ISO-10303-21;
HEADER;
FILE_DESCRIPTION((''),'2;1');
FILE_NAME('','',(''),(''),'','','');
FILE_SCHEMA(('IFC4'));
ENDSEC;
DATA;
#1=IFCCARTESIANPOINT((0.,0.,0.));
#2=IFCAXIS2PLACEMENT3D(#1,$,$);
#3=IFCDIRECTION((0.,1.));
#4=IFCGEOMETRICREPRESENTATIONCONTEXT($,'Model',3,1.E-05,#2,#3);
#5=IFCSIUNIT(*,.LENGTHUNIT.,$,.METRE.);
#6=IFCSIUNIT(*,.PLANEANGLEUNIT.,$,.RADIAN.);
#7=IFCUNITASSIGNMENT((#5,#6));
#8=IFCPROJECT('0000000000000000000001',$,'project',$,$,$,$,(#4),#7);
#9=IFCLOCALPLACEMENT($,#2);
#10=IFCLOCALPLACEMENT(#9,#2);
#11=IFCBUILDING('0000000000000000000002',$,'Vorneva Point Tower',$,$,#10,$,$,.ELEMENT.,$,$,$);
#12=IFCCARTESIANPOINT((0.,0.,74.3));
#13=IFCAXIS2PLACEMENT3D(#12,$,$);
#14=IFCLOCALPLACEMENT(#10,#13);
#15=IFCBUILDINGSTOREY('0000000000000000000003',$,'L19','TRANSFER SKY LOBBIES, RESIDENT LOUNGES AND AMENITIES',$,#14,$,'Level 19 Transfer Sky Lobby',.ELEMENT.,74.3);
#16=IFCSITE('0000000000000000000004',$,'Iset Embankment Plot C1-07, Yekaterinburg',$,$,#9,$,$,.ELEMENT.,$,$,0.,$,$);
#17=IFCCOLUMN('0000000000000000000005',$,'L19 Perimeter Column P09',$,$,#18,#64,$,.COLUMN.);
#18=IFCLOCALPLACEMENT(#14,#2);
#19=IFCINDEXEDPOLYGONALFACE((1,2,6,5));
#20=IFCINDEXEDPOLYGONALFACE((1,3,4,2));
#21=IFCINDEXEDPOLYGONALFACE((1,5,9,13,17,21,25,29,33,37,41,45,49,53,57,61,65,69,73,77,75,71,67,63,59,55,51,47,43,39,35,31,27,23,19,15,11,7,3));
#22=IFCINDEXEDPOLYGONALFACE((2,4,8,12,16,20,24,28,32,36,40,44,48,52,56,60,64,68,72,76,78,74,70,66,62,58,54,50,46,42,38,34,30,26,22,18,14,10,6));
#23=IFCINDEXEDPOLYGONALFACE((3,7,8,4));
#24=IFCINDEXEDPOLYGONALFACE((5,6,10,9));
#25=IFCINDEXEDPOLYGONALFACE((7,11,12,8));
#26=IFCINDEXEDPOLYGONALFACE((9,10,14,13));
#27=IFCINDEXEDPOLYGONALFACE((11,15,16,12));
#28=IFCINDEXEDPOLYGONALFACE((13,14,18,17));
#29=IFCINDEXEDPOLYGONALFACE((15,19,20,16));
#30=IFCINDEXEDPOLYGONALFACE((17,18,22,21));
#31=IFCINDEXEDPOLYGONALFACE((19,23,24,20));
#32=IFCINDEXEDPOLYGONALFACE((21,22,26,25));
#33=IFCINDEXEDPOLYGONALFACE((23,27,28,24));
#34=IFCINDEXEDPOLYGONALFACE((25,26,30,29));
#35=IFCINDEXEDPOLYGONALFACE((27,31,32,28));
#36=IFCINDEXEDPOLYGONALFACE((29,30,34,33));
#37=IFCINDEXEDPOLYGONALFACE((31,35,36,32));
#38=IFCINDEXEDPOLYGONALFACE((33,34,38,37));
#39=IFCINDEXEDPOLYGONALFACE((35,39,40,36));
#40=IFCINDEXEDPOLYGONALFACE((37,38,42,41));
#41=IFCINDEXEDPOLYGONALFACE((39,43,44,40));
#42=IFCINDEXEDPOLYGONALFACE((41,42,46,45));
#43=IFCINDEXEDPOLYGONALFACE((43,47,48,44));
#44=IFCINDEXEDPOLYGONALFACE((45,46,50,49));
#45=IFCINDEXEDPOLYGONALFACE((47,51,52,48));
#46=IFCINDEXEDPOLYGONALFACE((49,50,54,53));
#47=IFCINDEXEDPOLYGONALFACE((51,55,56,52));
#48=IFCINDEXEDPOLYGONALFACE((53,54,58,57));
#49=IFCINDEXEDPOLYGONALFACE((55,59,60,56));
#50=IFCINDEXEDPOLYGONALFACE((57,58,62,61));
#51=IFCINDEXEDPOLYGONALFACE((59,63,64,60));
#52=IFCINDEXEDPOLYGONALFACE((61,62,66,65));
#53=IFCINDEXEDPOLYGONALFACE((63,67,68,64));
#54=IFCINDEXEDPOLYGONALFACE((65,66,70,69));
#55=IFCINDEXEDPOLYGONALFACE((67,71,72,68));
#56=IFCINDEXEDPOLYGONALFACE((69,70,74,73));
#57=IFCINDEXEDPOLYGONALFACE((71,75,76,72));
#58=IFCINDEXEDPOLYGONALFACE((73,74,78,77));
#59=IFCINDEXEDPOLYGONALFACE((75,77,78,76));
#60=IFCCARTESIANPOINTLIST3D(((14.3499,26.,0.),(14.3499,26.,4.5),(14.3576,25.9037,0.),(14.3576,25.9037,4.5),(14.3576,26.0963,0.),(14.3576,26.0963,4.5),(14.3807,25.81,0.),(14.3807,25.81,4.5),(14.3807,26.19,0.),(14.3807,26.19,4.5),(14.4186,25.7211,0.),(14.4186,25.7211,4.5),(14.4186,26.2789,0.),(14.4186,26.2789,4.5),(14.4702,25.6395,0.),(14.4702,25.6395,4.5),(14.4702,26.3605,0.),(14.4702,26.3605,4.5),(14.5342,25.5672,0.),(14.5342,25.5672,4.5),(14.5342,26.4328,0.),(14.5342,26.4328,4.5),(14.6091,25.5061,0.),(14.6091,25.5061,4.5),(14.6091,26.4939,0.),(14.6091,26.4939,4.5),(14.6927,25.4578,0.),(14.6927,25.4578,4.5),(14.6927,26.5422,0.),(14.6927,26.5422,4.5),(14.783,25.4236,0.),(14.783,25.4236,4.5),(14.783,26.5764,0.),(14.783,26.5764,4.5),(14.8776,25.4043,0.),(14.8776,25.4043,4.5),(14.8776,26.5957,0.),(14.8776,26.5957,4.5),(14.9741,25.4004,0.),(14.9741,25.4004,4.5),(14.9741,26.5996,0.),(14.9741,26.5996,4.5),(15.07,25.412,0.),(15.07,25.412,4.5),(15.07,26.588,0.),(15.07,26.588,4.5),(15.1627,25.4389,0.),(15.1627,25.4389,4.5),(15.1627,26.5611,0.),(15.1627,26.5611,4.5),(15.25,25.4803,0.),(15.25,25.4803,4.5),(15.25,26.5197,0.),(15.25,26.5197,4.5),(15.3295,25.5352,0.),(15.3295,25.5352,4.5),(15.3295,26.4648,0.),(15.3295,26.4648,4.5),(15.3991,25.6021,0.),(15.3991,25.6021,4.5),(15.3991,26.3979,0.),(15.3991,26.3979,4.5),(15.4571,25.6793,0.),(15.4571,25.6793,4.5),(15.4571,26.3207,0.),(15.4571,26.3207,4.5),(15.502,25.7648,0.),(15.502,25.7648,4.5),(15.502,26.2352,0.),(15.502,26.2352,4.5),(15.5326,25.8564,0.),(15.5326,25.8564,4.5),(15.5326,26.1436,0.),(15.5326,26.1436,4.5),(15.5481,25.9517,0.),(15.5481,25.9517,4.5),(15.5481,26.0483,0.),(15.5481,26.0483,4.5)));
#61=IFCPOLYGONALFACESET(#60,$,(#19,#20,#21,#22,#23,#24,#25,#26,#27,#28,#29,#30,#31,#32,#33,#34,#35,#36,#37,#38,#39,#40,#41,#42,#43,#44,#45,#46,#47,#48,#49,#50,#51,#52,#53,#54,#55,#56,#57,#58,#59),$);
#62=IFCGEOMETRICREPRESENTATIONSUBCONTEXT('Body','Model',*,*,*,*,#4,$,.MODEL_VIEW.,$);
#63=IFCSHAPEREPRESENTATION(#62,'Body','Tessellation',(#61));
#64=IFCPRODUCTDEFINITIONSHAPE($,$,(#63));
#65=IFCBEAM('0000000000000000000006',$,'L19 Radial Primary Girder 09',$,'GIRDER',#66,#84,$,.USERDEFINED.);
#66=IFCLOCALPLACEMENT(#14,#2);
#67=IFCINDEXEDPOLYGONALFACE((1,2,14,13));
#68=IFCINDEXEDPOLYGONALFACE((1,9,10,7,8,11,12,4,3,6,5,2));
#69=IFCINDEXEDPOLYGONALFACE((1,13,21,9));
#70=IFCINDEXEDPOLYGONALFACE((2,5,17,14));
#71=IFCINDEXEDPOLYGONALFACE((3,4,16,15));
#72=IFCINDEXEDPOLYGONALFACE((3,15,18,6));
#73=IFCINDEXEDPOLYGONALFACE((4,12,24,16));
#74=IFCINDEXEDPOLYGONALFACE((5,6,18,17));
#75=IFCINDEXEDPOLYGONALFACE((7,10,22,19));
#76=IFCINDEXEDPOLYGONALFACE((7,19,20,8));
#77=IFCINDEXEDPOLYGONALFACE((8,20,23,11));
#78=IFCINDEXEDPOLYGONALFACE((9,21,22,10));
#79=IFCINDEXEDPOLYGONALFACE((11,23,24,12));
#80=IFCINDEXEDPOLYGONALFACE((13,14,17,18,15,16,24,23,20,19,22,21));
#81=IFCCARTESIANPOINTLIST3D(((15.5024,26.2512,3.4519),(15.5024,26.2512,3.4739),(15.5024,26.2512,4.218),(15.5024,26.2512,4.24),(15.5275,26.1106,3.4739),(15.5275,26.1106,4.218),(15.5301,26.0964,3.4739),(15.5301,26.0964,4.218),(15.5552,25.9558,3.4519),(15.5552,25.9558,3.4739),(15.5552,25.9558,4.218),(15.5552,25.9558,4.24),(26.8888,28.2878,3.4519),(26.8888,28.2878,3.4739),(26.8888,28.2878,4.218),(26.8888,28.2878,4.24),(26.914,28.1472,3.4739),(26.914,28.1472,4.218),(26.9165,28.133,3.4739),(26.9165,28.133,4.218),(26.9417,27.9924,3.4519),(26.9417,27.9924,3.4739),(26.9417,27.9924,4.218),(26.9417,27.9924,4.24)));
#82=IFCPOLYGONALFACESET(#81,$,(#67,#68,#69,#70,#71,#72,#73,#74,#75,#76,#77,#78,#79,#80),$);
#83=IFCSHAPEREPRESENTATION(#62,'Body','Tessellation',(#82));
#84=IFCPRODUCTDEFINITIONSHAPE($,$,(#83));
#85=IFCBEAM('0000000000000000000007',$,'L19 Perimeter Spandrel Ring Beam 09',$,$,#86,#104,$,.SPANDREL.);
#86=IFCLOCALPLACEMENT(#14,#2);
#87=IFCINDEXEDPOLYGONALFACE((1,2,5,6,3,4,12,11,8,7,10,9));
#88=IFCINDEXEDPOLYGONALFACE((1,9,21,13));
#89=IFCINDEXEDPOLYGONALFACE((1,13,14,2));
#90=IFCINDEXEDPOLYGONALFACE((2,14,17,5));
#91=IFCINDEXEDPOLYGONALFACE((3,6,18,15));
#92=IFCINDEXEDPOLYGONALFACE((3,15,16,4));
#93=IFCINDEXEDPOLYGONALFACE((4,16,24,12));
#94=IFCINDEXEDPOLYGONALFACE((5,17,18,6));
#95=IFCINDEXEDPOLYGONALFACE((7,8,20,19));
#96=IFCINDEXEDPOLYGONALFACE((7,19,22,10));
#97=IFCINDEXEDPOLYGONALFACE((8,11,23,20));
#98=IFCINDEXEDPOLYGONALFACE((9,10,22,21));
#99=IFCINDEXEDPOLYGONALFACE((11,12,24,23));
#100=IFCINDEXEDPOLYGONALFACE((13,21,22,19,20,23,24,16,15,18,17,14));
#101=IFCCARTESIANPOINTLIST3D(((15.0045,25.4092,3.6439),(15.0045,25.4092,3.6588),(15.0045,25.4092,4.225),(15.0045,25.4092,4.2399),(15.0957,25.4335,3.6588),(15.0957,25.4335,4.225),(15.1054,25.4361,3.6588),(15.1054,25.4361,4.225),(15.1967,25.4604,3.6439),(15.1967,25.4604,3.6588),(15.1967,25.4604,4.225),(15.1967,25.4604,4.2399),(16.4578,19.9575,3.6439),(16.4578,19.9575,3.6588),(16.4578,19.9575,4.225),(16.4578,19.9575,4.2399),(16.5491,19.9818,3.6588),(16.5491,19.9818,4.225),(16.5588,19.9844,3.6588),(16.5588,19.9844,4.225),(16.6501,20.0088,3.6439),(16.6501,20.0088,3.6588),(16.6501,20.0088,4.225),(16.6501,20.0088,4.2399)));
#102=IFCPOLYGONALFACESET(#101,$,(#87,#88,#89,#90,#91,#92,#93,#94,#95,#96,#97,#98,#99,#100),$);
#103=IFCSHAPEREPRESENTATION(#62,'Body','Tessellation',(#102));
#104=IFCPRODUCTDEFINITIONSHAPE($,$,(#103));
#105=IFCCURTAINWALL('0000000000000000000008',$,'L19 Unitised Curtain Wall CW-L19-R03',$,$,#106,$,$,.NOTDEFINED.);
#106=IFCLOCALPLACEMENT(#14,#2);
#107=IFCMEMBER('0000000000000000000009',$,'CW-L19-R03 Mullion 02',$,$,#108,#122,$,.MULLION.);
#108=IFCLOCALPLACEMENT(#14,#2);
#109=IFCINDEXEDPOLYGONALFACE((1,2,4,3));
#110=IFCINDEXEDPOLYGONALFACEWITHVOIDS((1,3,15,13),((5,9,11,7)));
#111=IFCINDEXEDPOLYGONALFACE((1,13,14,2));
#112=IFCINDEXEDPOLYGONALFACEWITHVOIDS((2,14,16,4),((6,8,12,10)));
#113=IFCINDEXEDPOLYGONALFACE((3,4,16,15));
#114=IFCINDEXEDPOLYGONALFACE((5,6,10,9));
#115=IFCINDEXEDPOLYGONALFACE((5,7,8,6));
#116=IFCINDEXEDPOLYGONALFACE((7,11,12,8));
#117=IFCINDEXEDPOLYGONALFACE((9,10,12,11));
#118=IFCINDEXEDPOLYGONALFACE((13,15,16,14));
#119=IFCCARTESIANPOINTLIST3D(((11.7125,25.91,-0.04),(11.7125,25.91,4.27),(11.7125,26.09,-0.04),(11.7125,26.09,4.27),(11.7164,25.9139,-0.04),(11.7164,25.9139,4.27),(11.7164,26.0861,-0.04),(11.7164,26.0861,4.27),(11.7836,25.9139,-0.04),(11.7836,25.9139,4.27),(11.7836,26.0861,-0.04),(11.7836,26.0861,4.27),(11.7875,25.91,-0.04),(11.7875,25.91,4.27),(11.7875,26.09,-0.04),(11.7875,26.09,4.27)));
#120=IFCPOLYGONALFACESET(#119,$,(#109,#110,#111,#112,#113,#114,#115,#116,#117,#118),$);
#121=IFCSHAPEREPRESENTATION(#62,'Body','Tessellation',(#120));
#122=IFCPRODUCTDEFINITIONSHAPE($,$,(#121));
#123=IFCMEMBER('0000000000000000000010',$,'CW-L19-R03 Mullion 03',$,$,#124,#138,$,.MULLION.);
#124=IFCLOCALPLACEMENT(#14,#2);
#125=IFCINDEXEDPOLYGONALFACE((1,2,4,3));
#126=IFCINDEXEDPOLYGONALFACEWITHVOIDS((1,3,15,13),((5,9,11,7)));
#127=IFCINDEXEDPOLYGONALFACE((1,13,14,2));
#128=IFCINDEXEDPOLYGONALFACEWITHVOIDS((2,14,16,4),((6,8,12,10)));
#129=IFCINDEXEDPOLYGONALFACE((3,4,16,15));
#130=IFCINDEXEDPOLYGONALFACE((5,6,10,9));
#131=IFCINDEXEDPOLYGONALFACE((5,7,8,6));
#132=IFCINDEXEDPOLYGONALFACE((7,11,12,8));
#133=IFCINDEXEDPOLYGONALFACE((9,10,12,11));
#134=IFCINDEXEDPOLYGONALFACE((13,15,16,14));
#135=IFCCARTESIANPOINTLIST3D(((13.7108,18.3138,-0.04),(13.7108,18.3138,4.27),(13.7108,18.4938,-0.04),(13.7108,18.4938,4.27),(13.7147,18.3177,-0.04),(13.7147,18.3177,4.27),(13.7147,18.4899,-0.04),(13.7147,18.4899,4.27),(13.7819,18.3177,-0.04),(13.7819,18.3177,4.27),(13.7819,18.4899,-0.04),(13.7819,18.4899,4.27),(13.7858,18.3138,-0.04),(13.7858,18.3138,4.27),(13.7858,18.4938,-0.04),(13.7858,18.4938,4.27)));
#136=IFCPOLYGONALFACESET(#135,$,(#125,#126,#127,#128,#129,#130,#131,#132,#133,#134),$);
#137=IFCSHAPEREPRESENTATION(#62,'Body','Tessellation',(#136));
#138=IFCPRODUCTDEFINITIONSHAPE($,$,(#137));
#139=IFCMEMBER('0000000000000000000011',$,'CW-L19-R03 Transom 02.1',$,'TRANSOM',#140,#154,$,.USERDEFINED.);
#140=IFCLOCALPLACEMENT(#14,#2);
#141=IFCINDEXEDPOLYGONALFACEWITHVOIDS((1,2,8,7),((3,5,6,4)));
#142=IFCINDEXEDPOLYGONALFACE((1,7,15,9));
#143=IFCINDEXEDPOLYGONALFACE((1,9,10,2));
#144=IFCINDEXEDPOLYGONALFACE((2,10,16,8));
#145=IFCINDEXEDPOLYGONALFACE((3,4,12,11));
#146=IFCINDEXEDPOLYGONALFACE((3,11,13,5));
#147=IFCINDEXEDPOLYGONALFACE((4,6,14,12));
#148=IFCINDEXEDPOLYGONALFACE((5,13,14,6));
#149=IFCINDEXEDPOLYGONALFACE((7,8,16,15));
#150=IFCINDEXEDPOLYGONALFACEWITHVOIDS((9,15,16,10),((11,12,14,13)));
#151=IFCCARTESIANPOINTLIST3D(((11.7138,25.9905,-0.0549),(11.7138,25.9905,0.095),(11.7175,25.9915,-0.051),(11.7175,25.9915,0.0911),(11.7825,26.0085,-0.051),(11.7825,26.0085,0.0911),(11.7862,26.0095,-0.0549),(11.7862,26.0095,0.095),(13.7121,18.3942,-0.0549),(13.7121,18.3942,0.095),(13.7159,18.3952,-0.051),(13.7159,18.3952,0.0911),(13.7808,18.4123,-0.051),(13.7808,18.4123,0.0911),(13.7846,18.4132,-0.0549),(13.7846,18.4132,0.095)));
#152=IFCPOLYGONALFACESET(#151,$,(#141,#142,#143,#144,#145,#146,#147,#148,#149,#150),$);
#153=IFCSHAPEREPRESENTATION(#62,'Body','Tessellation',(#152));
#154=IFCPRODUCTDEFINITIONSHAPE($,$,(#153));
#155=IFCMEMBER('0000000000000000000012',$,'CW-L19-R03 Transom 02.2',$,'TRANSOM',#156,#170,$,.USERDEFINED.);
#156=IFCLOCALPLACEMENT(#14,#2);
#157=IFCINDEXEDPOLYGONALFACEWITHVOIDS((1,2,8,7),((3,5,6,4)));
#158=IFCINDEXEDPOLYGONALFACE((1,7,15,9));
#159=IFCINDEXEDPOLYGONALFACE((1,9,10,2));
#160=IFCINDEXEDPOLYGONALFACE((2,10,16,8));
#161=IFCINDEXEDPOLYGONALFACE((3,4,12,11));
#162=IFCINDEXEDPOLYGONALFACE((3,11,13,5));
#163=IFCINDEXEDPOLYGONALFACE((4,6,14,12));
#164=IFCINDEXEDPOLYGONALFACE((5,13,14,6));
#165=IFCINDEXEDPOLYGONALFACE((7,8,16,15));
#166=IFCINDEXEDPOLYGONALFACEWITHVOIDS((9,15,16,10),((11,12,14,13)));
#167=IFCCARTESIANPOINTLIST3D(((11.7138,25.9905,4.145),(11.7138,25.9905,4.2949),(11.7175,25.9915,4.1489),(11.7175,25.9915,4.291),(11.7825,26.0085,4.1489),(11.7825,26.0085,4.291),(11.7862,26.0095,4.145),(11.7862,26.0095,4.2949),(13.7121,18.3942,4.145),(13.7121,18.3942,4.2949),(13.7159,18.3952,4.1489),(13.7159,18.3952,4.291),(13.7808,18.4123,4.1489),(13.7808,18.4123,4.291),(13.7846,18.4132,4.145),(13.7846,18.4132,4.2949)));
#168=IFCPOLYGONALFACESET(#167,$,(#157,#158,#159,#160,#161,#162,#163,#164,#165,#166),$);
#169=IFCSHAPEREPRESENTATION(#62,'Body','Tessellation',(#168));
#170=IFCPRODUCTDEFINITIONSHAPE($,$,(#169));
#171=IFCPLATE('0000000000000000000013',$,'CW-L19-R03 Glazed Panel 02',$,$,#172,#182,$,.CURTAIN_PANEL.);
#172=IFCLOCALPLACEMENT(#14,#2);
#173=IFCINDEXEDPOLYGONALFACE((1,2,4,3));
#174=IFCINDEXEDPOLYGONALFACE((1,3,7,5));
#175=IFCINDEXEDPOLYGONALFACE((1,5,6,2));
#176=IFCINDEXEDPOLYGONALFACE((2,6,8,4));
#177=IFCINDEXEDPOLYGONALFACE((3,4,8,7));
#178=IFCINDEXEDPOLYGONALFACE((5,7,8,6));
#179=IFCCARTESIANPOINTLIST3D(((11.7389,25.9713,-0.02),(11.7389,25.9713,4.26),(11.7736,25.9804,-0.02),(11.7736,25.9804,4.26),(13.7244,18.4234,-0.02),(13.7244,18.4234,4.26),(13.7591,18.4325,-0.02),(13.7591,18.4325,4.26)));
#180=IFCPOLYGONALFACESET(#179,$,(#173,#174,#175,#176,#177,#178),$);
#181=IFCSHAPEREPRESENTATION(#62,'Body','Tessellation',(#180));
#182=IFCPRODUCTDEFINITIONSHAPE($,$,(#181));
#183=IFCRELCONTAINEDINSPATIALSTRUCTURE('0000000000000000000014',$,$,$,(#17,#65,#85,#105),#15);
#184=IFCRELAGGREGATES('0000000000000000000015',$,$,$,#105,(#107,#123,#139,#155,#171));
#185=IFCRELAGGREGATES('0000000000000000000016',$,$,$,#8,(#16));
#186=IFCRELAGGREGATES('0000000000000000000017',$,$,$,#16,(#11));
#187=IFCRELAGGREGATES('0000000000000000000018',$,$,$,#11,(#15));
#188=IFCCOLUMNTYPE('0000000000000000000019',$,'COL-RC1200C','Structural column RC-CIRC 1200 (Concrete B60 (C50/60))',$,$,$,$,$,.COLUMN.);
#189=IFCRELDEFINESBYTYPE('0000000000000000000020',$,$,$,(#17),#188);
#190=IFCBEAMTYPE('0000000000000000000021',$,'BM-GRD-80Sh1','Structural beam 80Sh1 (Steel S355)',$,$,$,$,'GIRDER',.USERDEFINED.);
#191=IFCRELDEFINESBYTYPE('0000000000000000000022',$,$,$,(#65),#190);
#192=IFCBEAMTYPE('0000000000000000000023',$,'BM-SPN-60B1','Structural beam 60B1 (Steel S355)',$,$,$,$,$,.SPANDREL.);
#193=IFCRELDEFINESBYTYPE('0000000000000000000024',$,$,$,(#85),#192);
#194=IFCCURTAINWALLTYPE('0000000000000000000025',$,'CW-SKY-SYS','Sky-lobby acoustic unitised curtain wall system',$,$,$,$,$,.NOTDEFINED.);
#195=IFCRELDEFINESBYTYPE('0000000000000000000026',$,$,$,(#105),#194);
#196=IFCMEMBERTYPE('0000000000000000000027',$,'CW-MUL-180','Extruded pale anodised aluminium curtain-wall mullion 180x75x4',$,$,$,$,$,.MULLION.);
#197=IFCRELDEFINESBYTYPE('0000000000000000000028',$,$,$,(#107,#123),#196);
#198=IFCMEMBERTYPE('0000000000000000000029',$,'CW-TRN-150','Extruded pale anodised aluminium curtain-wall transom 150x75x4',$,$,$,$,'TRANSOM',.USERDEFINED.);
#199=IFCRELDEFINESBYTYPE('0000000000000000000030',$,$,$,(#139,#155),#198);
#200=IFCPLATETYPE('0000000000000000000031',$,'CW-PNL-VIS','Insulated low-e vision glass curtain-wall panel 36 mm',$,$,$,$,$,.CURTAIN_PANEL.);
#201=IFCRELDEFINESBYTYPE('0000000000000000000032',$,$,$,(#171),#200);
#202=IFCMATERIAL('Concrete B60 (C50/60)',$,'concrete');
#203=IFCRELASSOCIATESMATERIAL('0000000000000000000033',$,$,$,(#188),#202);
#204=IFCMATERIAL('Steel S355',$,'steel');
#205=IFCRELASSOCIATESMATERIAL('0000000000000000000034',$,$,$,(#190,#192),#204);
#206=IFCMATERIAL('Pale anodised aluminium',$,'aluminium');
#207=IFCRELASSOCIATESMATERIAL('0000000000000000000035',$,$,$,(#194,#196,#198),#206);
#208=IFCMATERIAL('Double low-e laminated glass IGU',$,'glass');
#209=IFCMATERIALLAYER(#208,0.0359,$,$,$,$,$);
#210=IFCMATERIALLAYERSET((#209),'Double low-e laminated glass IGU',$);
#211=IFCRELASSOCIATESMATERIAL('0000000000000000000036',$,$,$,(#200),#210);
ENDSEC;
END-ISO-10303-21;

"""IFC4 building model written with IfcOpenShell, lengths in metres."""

from ifc_helpers import new_model, si_unit, direction, frame, origin, origin_2d, place, context, subcontext, project, spatial, rectangle, hollow_rectangle, circle, i_section, extrude, material, layer, layer_set, material_profile, profile_set, type_object, element, aggregate, save


model = new_model("IFC4")

# Units and contexts
model_context = context("Model", 3, precision=1e-05, world=origin(), true_north=direction((0.0, 1.0)))
body_context = subcontext(model_context, "Body", "Model", "MODEL_VIEW")
ifc_project = project(units=[si_unit("LENGTHUNIT", "METRE"), si_unit("PLANEANGLEUNIT", "RADIAN")], contexts=[model_context])

# Site, building, storey
site_placement = place(None, origin())
site = spatial("IfcSite", under=ifc_project, at=site_placement, Name="Iset Embankment Plot C1-07, Yekaterinburg", CompositionType="ELEMENT", RefElevation=0.0)
building_placement = place(site_placement, origin())
building = spatial("IfcBuilding", under=site, at=building_placement, Name="Vorneva Point Tower", CompositionType="ELEMENT")
storey_placement = place(building_placement, frame((0.0, 0.0, 74.3)))
storey = spatial("IfcBuildingStorey", under=building, at=storey_placement, Name="L19", Description="TRANSFER SKY LOBBIES, RESIDENT LOUNGES AND AMENITIES", LongName="Level 19 Transfer Sky Lobby", CompositionType="ELEMENT", Elevation=74.3)

# Column
ifc_material_1 = material(Name="Concrete B60 (C50/60)", Category="concrete")
ifc_material_profile_1 = material_profile(ifc_material_1, circle(Radius=0.6001, at=origin_2d()), Name="RC-CIRC 1200")
ifc_profile_set_1 = profile_set([ifc_material_profile_1], Name="Concrete B60 (C50/60)")
column_type = type_object("IfcColumnType", Name="COL-RC1200C", Description="Structural column RC-CIRC 1200 (Concrete B60 (C50/60))", PredefinedType="COLUMN", material=ifc_profile_set_1)
for number, where, z_axis, x_axis, name in (
    (1, (14.95, 26.0, 0.0), (0.0, 0.0, 1.0), (-1.0, 0.0, 0.0), "L19 Perimeter Column P09"),
):
    element("IfcColumn", number, at=place(storey_placement, frame(where, z_axis=z_axis, x_axis=x_axis)), inside=storey, type_object=column_type, Name=name, PredefinedType="COLUMN", context=body_context, shape_type="SweptSolid", body=[
        extrude(circle(Radius=0.6001, at=origin_2d()), origin(), (0.0, 0.0, 1.0), 4.5),
    ])

# Beams
ifc_material_2 = material(Name="Steel S355", Category="steel")
ifc_material_profile_2 = material_profile(ifc_material_2, i_section(OverallWidth=0.3, OverallDepth=0.7881, WebThickness=0.0144, FlangeThickness=0.022, at=origin_2d()), Name="80Sh1")
ifc_profile_set_2 = profile_set([ifc_material_profile_2], Name="Steel S355")
beam_type_1 = type_object("IfcBeamType", Name="BM-GRD-80Sh1", Description="Structural beam 80Sh1 (Steel S355)", ElementType="GIRDER", PredefinedType="USERDEFINED", material=ifc_profile_set_2)
beam_1_placement = place(storey_placement, frame((15.5288, 26.1035, 3.8459), z_axis=(0.984378, 0.176069, 0.0), x_axis=(-0.176069, 0.984378, 0.0)))
element("IfcBeam", 2, at=beam_1_placement, inside=storey, type_object=beam_type_1, Name="L19 Radial Primary Girder 09", ObjectType="GIRDER", PredefinedType="USERDEFINED", context=body_context, shape_type="SweptSolid", body=[
    extrude(i_section(OverallWidth=0.3, OverallDepth=0.7881, WebThickness=0.0144, FlangeThickness=0.022, at=origin_2d()), origin(), (0.0, 0.0, 1.0), 11.5671),
])
ifc_material_profile_3 = material_profile(ifc_material_2, i_section(OverallWidth=0.199, OverallDepth=0.5959, WebThickness=0.01, FlangeThickness=0.0149, at=origin_2d()), Name="60B1")
ifc_profile_set_3 = profile_set([ifc_material_profile_3], Name="Steel S355")
beam_type_2 = type_object("IfcBeamType", Name="BM-SPN-60B1", Description="Structural beam 60B1 (Steel S355)", PredefinedType="SPANDREL", material=ifc_profile_set_3)
beam_2_placement = place(storey_placement, frame((15.1006, 25.4348, 3.9419), z_axis=(0.257595, -0.966253, 0.0), x_axis=(0.966253, 0.257595, 0.0)))
element("IfcBeam", 3, at=beam_2_placement, inside=storey, type_object=beam_type_2, Name="L19 Perimeter Spandrel Ring Beam 09", PredefinedType="SPANDREL", context=body_context, shape_type="SweptSolid", body=[
    extrude(i_section(OverallWidth=0.199, OverallDepth=0.5959, WebThickness=0.01, FlangeThickness=0.0149, at=origin_2d()), origin(), (0.0, 0.0, 1.0), 5.6421),
])

# Curtain wall, members, plate
ifc_material_3 = material(Name="Pale anodised aluminium", Category="aluminium")
curtain_wall_type = type_object("IfcCurtainWallType", Name="CW-SKY-SYS", Description="Sky-lobby acoustic unitised curtain wall system", PredefinedType="NOTDEFINED", material=ifc_material_3)
curtain_wall_placement = place(storey_placement, origin())
curtain_wall = element("IfcCurtainWall", 4, at=curtain_wall_placement, inside=storey, type_object=curtain_wall_type, Name="L19 Unitised Curtain Wall CW-L19-R03", PredefinedType="NOTDEFINED")
ifc_material_profile_4 = material_profile(ifc_material_3, hollow_rectangle(XDim=0.075, YDim=0.1799, WallThickness=0.0039, at=origin_2d()), Name="AL-MUL 180x75x4")
ifc_profile_set_4 = profile_set([ifc_material_profile_4], Name="Pale anodised aluminium")
member_type_1 = type_object("IfcMemberType", Name="CW-MUL-180", Description="Extruded pale anodised aluminium curtain-wall mullion 180x75x4", PredefinedType="MULLION", material=ifc_profile_set_4)
member_1_placement = place(storey_placement, frame((11.75, 26.0, -0.04), z_axis=(0.0, 0.0, 1.0), x_axis=(1.0, 0.0, 0.0)))
member_1 = element("IfcMember", 5, at=member_1_placement, type_object=member_type_1, Name="CW-L19-R03 Mullion 02", PredefinedType="MULLION", context=body_context, shape_type="SweptSolid", body=[
    extrude(hollow_rectangle(XDim=0.075, YDim=0.1799, WallThickness=0.0039, at=origin_2d()), origin(), (0.0, 0.0, 1.0), 4.3101),
])
member_2_placement = place(storey_placement, frame((13.7483, 18.4038, -0.04), z_axis=(0.0, 0.0, 1.0), x_axis=(1.0, 0.0, 0.0)))
member_2 = element("IfcMember", 6, at=member_2_placement, type_object=member_type_1, Name="CW-L19-R03 Mullion 03", PredefinedType="MULLION", context=body_context, shape_type="SweptSolid", body=[
    extrude(hollow_rectangle(XDim=0.075, YDim=0.1799, WallThickness=0.0039, at=origin_2d()), origin(), (0.0, 0.0, 1.0), 4.3101),
])
ifc_material_profile_5 = material_profile(ifc_material_3, hollow_rectangle(XDim=0.075, YDim=0.1499, WallThickness=0.0039, at=origin_2d()), Name="AL-TRN 150x75x4")
ifc_profile_set_5 = profile_set([ifc_material_profile_5], Name="Pale anodised aluminium")
member_type_2 = type_object("IfcMemberType", Name="CW-TRN-150", Description="Extruded pale anodised aluminium curtain-wall transom 150x75x4", ElementType="TRANSOM", PredefinedType="USERDEFINED", material=ifc_profile_set_5)
member_3_placement = place(storey_placement, frame((11.75, 26.0, 0.02), z_axis=(0.254409, -0.967097, 0.0), x_axis=(0.967097, 0.254409, 0.0)))
member_3 = element("IfcMember", 7, at=member_3_placement, type_object=member_type_2, Name="CW-L19-R03 Transom 02.1", ObjectType="TRANSOM", PredefinedType="USERDEFINED", context=body_context, shape_type="SweptSolid", body=[
    extrude(hollow_rectangle(XDim=0.075, YDim=0.1499, WallThickness=0.0039, at=origin_2d()), origin(), (0.0, 0.0, 1.0), 7.8547),
])
member_4_placement = place(storey_placement, frame((11.75, 26.0, 4.22), z_axis=(0.254409, -0.967097, 0.0), x_axis=(0.967097, 0.254409, 0.0)))
member_4 = element("IfcMember", 8, at=member_4_placement, type_object=member_type_2, Name="CW-L19-R03 Transom 02.2", ObjectType="TRANSOM", PredefinedType="USERDEFINED", context=body_context, shape_type="SweptSolid", body=[
    extrude(hollow_rectangle(XDim=0.075, YDim=0.1499, WallThickness=0.0039, at=origin_2d()), origin(), (0.0, 0.0, 1.0), 7.8547),
])
ifc_material_4 = material(Name="Double low-e laminated glass IGU", Category="glass")
ifc_layer_1 = layer(ifc_material_4, 0.0359)
ifc_layer_set_1 = layer_set([ifc_layer_1], Name="Double low-e laminated glass IGU")
plate_type = type_object("IfcPlateType", Name="CW-PNL-VIS", Description="Insulated low-e vision glass curtain-wall panel 36 mm", PredefinedType="CURTAIN_PANEL", material=ifc_layer_set_1)
plate_placement = place(storey_placement, frame((12.749, 22.2019, -0.02), z_axis=(0.0, 0.0, 1.0), x_axis=(0.254399, -0.967099, 0.0)))
plate = element("IfcPlate", 9, at=plate_placement, type_object=plate_type, Name="CW-L19-R03 Glazed Panel 02", PredefinedType="CURTAIN_PANEL", context=body_context, shape_type="SweptSolid", body=[
    extrude(rectangle(XDim=7.8047, YDim=0.0359, at=origin_2d()), origin(), (0.0, 0.0, 1.0), 4.28),
])
aggregate(curtain_wall, [member_1, member_2, member_3, member_4, plate])

save(model, "model.ifc")
